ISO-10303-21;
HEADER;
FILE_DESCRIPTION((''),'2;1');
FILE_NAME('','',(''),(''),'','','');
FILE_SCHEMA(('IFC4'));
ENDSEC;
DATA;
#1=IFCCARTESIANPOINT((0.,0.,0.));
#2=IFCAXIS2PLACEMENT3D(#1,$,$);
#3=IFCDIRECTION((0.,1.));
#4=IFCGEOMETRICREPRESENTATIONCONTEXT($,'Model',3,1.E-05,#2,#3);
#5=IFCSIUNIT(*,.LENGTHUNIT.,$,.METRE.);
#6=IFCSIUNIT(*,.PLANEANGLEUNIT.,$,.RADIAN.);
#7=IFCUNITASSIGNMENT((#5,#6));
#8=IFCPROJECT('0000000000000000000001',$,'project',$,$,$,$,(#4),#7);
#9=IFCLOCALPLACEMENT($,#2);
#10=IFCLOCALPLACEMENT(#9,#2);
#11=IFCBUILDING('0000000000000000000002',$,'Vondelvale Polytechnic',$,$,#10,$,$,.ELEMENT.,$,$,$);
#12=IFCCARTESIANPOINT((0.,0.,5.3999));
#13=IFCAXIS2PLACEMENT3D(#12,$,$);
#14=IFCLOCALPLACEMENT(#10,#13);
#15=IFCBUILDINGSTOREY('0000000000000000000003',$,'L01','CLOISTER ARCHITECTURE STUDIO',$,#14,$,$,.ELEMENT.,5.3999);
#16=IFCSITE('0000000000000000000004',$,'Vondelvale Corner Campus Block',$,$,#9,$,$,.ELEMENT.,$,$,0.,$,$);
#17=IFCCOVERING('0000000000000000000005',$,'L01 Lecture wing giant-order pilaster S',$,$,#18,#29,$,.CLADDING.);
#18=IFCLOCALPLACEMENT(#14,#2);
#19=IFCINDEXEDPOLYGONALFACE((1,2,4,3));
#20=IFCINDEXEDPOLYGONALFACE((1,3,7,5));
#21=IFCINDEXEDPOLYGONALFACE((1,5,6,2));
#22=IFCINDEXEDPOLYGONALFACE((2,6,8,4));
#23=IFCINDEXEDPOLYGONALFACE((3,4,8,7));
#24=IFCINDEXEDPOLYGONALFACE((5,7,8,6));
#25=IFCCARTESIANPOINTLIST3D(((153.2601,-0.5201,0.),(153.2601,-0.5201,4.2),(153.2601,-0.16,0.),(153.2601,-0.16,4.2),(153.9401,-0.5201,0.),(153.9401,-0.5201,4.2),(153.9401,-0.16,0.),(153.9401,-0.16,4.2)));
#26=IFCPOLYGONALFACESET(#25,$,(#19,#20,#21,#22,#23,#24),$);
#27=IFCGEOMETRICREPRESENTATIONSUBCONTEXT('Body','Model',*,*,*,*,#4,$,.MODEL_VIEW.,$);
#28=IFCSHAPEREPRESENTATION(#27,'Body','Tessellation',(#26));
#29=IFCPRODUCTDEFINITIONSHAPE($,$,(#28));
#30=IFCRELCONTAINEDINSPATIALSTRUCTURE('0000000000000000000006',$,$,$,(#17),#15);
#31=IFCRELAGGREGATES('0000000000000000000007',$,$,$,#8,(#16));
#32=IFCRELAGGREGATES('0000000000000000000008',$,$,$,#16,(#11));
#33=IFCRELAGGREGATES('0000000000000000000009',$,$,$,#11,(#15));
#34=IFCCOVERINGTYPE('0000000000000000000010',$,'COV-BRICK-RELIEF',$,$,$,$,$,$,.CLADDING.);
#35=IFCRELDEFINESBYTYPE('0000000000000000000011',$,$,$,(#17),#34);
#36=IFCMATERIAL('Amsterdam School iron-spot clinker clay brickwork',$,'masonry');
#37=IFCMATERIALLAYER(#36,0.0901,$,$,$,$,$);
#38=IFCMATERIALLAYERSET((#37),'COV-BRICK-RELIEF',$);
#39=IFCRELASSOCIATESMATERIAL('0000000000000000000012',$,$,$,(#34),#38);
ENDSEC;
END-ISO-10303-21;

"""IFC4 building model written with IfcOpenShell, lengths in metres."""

from ifc_helpers import new_model, si_unit, direction, frame, origin, origin_2d, place, context, subcontext, project, spatial, rectangle, extrude, material, layer, layer_set, type_object, element, save


model = new_model("IFC4")

# Units and contexts
model_context = context("Model", 3, precision=1e-05, world=origin(), true_north=direction((0.0, 1.0)))
body_context = subcontext(model_context, "Body", "Model", "MODEL_VIEW")
ifc_project = project(units=[si_unit("LENGTHUNIT", "METRE"), si_unit("PLANEANGLEUNIT", "RADIAN")], contexts=[model_context])

# Site, building, storey
site_placement = place(None, origin())
site = spatial("IfcSite", under=ifc_project, at=site_placement, Name="Vondelvale Corner Campus Block", CompositionType="ELEMENT", RefElevation=0.0)
building_placement = place(site_placement, origin())
building = spatial("IfcBuilding", under=site, at=building_placement, Name="Vondelvale Polytechnic", CompositionType="ELEMENT")
storey_placement = place(building_placement, frame((0.0, 0.0, 5.3999)))
storey = spatial("IfcBuildingStorey", under=building, at=storey_placement, Name="L01", Description="CLOISTER ARCHITECTURE STUDIO", CompositionType="ELEMENT", Elevation=5.3999)

# Shared definitions
ifc_material_1 = material(Name="Amsterdam School iron-spot clinker clay brickwork", Category="masonry")

# Covering
ifc_layer_1 = layer(ifc_material_1, 0.0901)
ifc_layer_set_1 = layer_set([ifc_layer_1], Name="COV-BRICK-RELIEF")
covering_type = type_object("IfcCoveringType", Name="COV-BRICK-RELIEF", PredefinedType="CLADDING", material=ifc_layer_set_1)
for number, where, z_axis, x_axis, name in (
    (1, (153.6001, -0.3401, 0.0), (0.0, 0.0, 1.0), (1.0, 0.0, 0.0), "L01 Lecture wing giant-order pilaster S"),
):
    element("IfcCovering", number, at=place(storey_placement, frame(where, z_axis=z_axis, x_axis=x_axis)), inside=storey, type_object=covering_type, Name=name, PredefinedType="CLADDING", context=body_context, shape_type="SweptSolid", body=[
        extrude(rectangle(XDim=0.6799, YDim=0.3601, at=origin_2d()), origin(), (0.0, 0.0, 1.0), 4.2),
    ])

save(model, "model.ifc")
